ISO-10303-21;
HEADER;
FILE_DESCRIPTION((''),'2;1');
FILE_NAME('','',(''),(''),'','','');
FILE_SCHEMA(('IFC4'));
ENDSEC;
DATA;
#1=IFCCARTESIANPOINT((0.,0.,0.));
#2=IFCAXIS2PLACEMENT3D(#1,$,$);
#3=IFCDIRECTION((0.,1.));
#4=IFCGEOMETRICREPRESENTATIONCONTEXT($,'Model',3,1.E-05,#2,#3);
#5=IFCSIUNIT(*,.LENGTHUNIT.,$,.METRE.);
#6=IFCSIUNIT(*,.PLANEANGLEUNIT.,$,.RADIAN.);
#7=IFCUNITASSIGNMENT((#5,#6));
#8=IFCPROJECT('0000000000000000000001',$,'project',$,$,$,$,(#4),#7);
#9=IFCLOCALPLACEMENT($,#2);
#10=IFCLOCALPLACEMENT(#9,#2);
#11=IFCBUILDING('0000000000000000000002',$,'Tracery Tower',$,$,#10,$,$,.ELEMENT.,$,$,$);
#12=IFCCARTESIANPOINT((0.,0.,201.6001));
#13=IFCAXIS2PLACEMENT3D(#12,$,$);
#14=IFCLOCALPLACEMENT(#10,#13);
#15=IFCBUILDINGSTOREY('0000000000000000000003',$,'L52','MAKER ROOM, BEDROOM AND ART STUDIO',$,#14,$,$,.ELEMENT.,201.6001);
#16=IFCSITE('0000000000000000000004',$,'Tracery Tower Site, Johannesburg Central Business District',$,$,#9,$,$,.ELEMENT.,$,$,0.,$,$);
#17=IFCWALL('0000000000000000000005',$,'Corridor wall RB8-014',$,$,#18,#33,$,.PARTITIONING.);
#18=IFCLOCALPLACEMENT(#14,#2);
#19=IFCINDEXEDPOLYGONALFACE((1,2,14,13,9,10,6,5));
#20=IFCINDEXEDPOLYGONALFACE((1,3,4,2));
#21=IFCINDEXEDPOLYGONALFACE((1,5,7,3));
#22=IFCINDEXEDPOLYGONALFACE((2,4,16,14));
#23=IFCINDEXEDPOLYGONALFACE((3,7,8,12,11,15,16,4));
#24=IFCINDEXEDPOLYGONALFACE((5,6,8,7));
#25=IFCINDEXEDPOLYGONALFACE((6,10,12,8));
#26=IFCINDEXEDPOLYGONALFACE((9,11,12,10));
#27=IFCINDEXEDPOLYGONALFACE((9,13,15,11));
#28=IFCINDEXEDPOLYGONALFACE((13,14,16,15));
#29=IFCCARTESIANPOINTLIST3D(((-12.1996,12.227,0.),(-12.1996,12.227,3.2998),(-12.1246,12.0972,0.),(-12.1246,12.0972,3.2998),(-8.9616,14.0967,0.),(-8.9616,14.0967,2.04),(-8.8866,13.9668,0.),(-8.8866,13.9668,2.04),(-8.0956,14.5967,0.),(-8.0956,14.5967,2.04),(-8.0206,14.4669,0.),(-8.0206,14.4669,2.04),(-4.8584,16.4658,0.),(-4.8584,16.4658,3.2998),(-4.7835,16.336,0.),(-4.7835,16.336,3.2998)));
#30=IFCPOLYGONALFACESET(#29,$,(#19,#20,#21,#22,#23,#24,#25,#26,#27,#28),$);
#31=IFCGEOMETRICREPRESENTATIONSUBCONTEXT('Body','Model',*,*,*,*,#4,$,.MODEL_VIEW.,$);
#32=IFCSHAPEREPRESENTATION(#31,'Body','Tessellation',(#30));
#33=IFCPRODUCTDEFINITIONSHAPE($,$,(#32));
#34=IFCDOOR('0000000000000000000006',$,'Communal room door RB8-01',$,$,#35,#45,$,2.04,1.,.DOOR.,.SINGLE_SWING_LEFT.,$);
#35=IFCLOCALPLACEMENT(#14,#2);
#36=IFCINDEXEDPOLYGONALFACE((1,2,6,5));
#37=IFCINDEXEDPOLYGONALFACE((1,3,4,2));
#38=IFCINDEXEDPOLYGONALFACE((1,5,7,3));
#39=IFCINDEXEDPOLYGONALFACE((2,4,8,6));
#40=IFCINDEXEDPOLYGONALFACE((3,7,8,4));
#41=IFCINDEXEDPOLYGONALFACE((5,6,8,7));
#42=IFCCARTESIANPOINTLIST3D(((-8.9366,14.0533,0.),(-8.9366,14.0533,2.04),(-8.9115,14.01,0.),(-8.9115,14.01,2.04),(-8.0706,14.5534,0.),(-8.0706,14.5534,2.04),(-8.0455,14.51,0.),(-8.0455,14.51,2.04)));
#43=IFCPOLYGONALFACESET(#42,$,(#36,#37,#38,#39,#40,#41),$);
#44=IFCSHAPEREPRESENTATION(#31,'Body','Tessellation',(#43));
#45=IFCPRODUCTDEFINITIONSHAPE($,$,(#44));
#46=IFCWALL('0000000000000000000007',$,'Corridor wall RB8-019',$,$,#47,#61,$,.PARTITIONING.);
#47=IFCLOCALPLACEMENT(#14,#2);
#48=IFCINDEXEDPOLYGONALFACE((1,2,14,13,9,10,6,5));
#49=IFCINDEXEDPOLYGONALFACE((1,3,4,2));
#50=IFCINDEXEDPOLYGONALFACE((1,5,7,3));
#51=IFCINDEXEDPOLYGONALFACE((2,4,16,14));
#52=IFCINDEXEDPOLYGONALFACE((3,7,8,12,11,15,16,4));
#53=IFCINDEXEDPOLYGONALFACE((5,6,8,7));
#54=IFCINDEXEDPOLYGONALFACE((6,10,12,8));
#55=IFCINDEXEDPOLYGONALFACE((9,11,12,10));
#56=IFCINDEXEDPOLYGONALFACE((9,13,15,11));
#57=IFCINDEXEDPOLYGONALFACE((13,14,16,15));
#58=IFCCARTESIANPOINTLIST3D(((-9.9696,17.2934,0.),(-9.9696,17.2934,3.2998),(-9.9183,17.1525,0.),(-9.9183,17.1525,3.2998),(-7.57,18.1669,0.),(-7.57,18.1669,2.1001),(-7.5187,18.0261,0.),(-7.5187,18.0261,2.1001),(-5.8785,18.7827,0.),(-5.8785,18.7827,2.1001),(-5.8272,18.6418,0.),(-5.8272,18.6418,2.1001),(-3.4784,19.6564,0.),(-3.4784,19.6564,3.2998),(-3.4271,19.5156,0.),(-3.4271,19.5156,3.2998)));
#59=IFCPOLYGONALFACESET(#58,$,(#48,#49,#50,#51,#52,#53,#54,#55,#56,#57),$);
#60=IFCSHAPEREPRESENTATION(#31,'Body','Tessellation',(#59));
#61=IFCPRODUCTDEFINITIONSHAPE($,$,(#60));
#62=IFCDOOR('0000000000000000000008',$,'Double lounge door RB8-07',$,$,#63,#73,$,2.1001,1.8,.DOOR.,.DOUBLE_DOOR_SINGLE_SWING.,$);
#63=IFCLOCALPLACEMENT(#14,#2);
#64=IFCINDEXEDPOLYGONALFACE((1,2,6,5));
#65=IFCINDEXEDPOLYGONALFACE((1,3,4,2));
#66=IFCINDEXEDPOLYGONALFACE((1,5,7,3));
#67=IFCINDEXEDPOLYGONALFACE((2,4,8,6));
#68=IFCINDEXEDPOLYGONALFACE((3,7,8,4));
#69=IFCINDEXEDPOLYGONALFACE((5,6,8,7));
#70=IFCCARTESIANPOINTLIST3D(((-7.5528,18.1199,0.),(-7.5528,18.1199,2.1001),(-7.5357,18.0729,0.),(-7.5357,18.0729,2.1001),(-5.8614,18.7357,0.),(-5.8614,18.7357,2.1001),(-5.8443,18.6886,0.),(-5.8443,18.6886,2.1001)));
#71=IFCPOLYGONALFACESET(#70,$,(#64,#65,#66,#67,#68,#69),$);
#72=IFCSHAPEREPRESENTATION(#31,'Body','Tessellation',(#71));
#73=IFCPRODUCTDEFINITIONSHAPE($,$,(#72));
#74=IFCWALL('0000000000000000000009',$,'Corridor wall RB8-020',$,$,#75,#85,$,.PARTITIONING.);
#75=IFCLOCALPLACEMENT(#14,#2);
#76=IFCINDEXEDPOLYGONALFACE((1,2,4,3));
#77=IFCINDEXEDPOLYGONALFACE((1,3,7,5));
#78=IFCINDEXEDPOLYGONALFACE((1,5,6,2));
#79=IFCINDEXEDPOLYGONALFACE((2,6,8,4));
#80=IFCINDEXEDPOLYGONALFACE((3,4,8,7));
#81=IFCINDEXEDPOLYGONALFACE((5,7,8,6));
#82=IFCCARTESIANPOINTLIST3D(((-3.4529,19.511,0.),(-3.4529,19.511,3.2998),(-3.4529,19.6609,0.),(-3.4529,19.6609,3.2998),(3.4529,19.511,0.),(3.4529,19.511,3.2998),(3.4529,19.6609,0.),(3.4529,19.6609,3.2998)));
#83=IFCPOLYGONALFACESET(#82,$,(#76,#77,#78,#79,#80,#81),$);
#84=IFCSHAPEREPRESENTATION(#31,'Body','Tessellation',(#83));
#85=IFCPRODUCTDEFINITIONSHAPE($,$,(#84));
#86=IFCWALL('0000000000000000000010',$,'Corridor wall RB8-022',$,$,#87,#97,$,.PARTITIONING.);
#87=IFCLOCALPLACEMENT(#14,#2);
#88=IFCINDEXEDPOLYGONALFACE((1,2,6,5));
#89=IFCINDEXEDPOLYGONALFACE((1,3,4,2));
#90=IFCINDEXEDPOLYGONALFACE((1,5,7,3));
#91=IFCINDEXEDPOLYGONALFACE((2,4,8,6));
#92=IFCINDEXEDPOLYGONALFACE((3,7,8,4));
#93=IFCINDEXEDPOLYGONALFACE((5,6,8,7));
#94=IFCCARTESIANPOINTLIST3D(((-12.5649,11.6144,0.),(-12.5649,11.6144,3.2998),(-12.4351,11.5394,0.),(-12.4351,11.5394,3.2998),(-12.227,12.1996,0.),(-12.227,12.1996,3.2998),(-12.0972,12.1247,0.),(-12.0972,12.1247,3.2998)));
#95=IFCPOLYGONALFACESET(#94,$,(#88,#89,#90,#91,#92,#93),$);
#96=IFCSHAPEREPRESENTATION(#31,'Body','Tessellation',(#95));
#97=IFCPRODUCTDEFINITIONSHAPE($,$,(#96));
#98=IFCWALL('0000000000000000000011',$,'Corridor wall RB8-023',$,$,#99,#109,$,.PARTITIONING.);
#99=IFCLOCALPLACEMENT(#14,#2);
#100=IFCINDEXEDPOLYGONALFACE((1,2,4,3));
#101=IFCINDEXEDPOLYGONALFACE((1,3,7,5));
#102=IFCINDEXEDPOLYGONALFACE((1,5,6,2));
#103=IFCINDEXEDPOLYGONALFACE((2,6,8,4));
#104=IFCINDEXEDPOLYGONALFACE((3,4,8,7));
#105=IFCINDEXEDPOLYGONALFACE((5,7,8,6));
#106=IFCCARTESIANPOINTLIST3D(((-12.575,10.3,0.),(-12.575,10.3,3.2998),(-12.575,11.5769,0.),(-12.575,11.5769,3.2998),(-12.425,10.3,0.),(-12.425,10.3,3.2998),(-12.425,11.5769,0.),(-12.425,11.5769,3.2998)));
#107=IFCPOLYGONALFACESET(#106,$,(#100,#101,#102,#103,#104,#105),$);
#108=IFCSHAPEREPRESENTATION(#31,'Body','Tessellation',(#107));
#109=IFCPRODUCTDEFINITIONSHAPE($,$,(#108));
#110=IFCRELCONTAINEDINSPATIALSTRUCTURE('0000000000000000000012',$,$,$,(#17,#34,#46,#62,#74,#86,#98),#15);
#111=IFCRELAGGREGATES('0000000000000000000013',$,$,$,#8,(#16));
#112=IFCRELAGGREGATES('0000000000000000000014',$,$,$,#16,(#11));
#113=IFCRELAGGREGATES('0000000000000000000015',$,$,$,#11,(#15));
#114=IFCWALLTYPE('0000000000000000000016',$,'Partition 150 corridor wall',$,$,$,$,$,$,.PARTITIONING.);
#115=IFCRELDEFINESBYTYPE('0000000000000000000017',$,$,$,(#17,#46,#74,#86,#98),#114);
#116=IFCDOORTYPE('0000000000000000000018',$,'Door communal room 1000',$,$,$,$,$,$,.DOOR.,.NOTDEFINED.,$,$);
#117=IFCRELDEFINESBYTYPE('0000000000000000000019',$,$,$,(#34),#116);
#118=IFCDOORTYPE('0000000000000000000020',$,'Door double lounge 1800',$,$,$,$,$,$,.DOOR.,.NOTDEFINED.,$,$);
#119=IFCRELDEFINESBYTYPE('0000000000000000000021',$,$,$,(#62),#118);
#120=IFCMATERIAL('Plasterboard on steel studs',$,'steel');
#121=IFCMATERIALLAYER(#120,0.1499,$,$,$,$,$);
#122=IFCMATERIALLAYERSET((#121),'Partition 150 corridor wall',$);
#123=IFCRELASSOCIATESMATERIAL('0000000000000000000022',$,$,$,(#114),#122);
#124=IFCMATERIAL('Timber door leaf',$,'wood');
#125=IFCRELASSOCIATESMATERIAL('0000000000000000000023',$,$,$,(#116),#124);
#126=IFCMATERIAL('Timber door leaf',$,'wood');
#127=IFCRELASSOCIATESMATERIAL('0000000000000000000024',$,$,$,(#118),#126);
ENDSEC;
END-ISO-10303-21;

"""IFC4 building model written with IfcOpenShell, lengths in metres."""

from ifc_helpers import new_model, si_unit, direction, frame, frame_2d, origin, place, context, subcontext, project, spatial, rectangle, extrude, material, layer, layer_set, type_object, element, fill, save


model = new_model("IFC4")

# Units and contexts
model_context = context("Model", 3, precision=1e-05, world=origin(), true_north=direction((0.0, 1.0)))
body_context = subcontext(model_context, "Body", "Model", "MODEL_VIEW")
ifc_project = project(units=[si_unit("LENGTHUNIT", "METRE"), si_unit("PLANEANGLEUNIT", "RADIAN")], contexts=[model_context])

# Site, building, storey
site_placement = place(None, origin())
site = spatial("IfcSite", under=ifc_project, at=site_placement, Name="Tracery Tower Site, Johannesburg Central Business District", CompositionType="ELEMENT", RefElevation=0.0)
building_placement = place(site_placement, origin())
building = spatial("IfcBuilding", under=site, at=building_placement, Name="Tracery Tower", CompositionType="ELEMENT")
storey_placement = place(building_placement, frame((0.0, 0.0, 201.6001)))
storey = spatial("IfcBuildingStorey", under=building, at=storey_placement, Name="L52", Description="MAKER ROOM, BEDROOM AND ART STUDIO", CompositionType="ELEMENT", Elevation=201.6001)

# Shared definitions
ifc_material_1 = material(Name="Plasterboard on steel studs", Category="steel")
ifc_layer_1 = layer(ifc_material_1, 0.1499)
ifc_layer_set_1 = layer_set([ifc_layer_1], Name="Partition 150 corridor wall")
wall_type_1 = type_object("IfcWallType", Name="Partition 150 corridor wall", PredefinedType="PARTITIONING", material=ifc_layer_set_1)

# Walls, openings, doors
wall_1_placement = place(storey_placement, frame((-12.1621, 12.1621, 0.0), z_axis=(0.0, 0.0, 1.0), x_axis=(0.866005, 0.500036, 0.0)))
wall_1 = element("IfcWall", 1, at=wall_1_placement, inside=storey, type_object=wall_type_1, Name="Corridor wall RB8-014", PredefinedType="PARTITIONING", context=body_context, shape_type="SweptSolid", body=[
    extrude(rectangle(XDim=8.4771, YDim=0.1499, at=frame_2d((4.2385, 0.0))), origin(), (0.0, 0.0, 1.0), 3.2998),
])
opening_1_placement = place(wall_1_placement, frame((3.739, 0.0, 0.0)))
opening_1 = element("IfcOpeningElement", 2, at=opening_1_placement, cuts=wall_1, PredefinedType="OPENING", context=body_context, shape_type="SweptSolid", body=[
    extrude(rectangle(XDim=1.0, YDim=2.04, at=frame_2d((0.5, 1.02))), frame((0.0, 0.075, 0.0), z_axis=(0.0, -1.0, 0.0), x_axis=(1.0, 0.0, 0.0)), (0.0, 0.0, 1.0), 0.1499),
])
ifc_material_2 = material(Name="Timber door leaf", Category="wood")
door_type_1 = type_object("IfcDoorType", Name="Door communal room 1000", OperationType="NOTDEFINED", PredefinedType="DOOR", material=ifc_material_2)
door_1_placement = place(opening_1_placement, origin())
door_1 = element("IfcDoor", 3, at=door_1_placement, inside=storey, type_object=door_type_1, Name="Communal room door RB8-01", OperationType="SINGLE_SWING_LEFT", OverallHeight=2.04, OverallWidth=1.0, PredefinedType="DOOR", context=body_context, shape_type="SweptSolid", body=[
    extrude(rectangle(XDim=1.0, YDim=2.04, at=frame_2d((0.5, 1.02))), frame((0.0, 0.0249, 0.0), z_axis=(0.0, -1.0, 0.0), x_axis=(1.0, 0.0, 0.0)), (0.0, 0.0, 1.0), 0.05),
])
fill(opening_1, door_1)
wall_2_placement = place(storey_placement, frame((-9.9441, 17.2229, 0.0), z_axis=(0.0, 0.0, 1.0), x_axis=(0.939673, 0.342075, 0.0)))
wall_2 = element("IfcWall", 4, at=wall_2_placement, inside=storey, type_object=wall_type_1, Name="Corridor wall RB8-019", PredefinedType="PARTITIONING", context=body_context, shape_type="SweptSolid", body=[
    extrude(rectangle(XDim=6.908, YDim=0.1499, at=frame_2d((3.4541, 0.0))), origin(), (0.0, 0.0, 1.0), 3.2998),
])
opening_2_placement = place(wall_2_placement, frame((2.554, 0.0, 0.0)))
opening_2 = element("IfcOpeningElement", 5, at=opening_2_placement, cuts=wall_2, PredefinedType="OPENING", context=body_context, shape_type="SweptSolid", body=[
    extrude(rectangle(XDim=1.8, YDim=2.1001, at=frame_2d((0.8999, 1.05))), frame((0.0, 0.075, 0.0), z_axis=(0.0, -1.0, 0.0), x_axis=(1.0, 0.0, 0.0)), (0.0, 0.0, 1.0), 0.1499),
])
ifc_material_3 = material(Name="Timber door leaf", Category="wood")
door_type_2 = type_object("IfcDoorType", Name="Door double lounge 1800", OperationType="NOTDEFINED", PredefinedType="DOOR", material=ifc_material_3)
door_2_placement = place(opening_2_placement, origin())
door_2 = element("IfcDoor", 6, at=door_2_placement, inside=storey, type_object=door_type_2, Name="Double lounge door RB8-07", OperationType="DOUBLE_DOOR_SINGLE_SWING", OverallHeight=2.1001, OverallWidth=1.8, PredefinedType="DOOR", context=body_context, shape_type="SweptSolid", body=[
    extrude(rectangle(XDim=1.8, YDim=2.1001, at=frame_2d((0.8999, 1.05))), frame((0.0, 0.0249, 0.0), z_axis=(0.0, -1.0, 0.0), x_axis=(1.0, 0.0, 0.0)), (0.0, 0.0, 1.0), 0.05),
])
fill(opening_2, door_2)

# Walls
wall_3_placement = place(storey_placement, frame((-3.4529, 19.5859, 0.0), z_axis=(0.0, 0.0, 1.0), x_axis=(1.0, 0.0, 0.0)))
element("IfcWall", 7, at=wall_3_placement, inside=storey, type_object=wall_type_1, Name="Corridor wall RB8-020", PredefinedType="PARTITIONING", context=body_context, shape_type="SweptSolid", body=[
    extrude(rectangle(XDim=6.9058, YDim=0.1499, at=frame_2d((3.4529, 0.0))), origin(), (0.0, 0.0, 1.0), 3.2998),
])
wall_4_placement = place(storey_placement, frame((-12.5, 11.5769, 0.0), z_axis=(0.0, 0.0, 1.0), x_axis=(0.500025, 0.866011, 0.0)))
element("IfcWall", 8, at=wall_4_placement, inside=storey, type_object=wall_type_1, Name="Corridor wall RB8-022", PredefinedType="PARTITIONING", context=body_context, shape_type="SweptSolid", body=[
    extrude(rectangle(XDim=0.6758, YDim=0.1499, at=frame_2d((0.3379, 0.0))), origin(), (0.0, 0.0, 1.0), 3.2998),
])
wall_5_placement = place(storey_placement, frame((-12.5, 10.3, 0.0), z_axis=(0.0, 0.0, 1.0), x_axis=(0.0, 1.0, 0.0)))
element("IfcWall", 9, at=wall_5_placement, inside=storey, type_object=wall_type_1, Name="Corridor wall RB8-023", PredefinedType="PARTITIONING", context=body_context, shape_type="SweptSolid", body=[
    extrude(rectangle(XDim=1.2769, YDim=0.1499, at=frame_2d((0.6384, 0.0))), origin(), (0.0, 0.0, 1.0), 3.2998),
])

save(model, "model.ifc")
